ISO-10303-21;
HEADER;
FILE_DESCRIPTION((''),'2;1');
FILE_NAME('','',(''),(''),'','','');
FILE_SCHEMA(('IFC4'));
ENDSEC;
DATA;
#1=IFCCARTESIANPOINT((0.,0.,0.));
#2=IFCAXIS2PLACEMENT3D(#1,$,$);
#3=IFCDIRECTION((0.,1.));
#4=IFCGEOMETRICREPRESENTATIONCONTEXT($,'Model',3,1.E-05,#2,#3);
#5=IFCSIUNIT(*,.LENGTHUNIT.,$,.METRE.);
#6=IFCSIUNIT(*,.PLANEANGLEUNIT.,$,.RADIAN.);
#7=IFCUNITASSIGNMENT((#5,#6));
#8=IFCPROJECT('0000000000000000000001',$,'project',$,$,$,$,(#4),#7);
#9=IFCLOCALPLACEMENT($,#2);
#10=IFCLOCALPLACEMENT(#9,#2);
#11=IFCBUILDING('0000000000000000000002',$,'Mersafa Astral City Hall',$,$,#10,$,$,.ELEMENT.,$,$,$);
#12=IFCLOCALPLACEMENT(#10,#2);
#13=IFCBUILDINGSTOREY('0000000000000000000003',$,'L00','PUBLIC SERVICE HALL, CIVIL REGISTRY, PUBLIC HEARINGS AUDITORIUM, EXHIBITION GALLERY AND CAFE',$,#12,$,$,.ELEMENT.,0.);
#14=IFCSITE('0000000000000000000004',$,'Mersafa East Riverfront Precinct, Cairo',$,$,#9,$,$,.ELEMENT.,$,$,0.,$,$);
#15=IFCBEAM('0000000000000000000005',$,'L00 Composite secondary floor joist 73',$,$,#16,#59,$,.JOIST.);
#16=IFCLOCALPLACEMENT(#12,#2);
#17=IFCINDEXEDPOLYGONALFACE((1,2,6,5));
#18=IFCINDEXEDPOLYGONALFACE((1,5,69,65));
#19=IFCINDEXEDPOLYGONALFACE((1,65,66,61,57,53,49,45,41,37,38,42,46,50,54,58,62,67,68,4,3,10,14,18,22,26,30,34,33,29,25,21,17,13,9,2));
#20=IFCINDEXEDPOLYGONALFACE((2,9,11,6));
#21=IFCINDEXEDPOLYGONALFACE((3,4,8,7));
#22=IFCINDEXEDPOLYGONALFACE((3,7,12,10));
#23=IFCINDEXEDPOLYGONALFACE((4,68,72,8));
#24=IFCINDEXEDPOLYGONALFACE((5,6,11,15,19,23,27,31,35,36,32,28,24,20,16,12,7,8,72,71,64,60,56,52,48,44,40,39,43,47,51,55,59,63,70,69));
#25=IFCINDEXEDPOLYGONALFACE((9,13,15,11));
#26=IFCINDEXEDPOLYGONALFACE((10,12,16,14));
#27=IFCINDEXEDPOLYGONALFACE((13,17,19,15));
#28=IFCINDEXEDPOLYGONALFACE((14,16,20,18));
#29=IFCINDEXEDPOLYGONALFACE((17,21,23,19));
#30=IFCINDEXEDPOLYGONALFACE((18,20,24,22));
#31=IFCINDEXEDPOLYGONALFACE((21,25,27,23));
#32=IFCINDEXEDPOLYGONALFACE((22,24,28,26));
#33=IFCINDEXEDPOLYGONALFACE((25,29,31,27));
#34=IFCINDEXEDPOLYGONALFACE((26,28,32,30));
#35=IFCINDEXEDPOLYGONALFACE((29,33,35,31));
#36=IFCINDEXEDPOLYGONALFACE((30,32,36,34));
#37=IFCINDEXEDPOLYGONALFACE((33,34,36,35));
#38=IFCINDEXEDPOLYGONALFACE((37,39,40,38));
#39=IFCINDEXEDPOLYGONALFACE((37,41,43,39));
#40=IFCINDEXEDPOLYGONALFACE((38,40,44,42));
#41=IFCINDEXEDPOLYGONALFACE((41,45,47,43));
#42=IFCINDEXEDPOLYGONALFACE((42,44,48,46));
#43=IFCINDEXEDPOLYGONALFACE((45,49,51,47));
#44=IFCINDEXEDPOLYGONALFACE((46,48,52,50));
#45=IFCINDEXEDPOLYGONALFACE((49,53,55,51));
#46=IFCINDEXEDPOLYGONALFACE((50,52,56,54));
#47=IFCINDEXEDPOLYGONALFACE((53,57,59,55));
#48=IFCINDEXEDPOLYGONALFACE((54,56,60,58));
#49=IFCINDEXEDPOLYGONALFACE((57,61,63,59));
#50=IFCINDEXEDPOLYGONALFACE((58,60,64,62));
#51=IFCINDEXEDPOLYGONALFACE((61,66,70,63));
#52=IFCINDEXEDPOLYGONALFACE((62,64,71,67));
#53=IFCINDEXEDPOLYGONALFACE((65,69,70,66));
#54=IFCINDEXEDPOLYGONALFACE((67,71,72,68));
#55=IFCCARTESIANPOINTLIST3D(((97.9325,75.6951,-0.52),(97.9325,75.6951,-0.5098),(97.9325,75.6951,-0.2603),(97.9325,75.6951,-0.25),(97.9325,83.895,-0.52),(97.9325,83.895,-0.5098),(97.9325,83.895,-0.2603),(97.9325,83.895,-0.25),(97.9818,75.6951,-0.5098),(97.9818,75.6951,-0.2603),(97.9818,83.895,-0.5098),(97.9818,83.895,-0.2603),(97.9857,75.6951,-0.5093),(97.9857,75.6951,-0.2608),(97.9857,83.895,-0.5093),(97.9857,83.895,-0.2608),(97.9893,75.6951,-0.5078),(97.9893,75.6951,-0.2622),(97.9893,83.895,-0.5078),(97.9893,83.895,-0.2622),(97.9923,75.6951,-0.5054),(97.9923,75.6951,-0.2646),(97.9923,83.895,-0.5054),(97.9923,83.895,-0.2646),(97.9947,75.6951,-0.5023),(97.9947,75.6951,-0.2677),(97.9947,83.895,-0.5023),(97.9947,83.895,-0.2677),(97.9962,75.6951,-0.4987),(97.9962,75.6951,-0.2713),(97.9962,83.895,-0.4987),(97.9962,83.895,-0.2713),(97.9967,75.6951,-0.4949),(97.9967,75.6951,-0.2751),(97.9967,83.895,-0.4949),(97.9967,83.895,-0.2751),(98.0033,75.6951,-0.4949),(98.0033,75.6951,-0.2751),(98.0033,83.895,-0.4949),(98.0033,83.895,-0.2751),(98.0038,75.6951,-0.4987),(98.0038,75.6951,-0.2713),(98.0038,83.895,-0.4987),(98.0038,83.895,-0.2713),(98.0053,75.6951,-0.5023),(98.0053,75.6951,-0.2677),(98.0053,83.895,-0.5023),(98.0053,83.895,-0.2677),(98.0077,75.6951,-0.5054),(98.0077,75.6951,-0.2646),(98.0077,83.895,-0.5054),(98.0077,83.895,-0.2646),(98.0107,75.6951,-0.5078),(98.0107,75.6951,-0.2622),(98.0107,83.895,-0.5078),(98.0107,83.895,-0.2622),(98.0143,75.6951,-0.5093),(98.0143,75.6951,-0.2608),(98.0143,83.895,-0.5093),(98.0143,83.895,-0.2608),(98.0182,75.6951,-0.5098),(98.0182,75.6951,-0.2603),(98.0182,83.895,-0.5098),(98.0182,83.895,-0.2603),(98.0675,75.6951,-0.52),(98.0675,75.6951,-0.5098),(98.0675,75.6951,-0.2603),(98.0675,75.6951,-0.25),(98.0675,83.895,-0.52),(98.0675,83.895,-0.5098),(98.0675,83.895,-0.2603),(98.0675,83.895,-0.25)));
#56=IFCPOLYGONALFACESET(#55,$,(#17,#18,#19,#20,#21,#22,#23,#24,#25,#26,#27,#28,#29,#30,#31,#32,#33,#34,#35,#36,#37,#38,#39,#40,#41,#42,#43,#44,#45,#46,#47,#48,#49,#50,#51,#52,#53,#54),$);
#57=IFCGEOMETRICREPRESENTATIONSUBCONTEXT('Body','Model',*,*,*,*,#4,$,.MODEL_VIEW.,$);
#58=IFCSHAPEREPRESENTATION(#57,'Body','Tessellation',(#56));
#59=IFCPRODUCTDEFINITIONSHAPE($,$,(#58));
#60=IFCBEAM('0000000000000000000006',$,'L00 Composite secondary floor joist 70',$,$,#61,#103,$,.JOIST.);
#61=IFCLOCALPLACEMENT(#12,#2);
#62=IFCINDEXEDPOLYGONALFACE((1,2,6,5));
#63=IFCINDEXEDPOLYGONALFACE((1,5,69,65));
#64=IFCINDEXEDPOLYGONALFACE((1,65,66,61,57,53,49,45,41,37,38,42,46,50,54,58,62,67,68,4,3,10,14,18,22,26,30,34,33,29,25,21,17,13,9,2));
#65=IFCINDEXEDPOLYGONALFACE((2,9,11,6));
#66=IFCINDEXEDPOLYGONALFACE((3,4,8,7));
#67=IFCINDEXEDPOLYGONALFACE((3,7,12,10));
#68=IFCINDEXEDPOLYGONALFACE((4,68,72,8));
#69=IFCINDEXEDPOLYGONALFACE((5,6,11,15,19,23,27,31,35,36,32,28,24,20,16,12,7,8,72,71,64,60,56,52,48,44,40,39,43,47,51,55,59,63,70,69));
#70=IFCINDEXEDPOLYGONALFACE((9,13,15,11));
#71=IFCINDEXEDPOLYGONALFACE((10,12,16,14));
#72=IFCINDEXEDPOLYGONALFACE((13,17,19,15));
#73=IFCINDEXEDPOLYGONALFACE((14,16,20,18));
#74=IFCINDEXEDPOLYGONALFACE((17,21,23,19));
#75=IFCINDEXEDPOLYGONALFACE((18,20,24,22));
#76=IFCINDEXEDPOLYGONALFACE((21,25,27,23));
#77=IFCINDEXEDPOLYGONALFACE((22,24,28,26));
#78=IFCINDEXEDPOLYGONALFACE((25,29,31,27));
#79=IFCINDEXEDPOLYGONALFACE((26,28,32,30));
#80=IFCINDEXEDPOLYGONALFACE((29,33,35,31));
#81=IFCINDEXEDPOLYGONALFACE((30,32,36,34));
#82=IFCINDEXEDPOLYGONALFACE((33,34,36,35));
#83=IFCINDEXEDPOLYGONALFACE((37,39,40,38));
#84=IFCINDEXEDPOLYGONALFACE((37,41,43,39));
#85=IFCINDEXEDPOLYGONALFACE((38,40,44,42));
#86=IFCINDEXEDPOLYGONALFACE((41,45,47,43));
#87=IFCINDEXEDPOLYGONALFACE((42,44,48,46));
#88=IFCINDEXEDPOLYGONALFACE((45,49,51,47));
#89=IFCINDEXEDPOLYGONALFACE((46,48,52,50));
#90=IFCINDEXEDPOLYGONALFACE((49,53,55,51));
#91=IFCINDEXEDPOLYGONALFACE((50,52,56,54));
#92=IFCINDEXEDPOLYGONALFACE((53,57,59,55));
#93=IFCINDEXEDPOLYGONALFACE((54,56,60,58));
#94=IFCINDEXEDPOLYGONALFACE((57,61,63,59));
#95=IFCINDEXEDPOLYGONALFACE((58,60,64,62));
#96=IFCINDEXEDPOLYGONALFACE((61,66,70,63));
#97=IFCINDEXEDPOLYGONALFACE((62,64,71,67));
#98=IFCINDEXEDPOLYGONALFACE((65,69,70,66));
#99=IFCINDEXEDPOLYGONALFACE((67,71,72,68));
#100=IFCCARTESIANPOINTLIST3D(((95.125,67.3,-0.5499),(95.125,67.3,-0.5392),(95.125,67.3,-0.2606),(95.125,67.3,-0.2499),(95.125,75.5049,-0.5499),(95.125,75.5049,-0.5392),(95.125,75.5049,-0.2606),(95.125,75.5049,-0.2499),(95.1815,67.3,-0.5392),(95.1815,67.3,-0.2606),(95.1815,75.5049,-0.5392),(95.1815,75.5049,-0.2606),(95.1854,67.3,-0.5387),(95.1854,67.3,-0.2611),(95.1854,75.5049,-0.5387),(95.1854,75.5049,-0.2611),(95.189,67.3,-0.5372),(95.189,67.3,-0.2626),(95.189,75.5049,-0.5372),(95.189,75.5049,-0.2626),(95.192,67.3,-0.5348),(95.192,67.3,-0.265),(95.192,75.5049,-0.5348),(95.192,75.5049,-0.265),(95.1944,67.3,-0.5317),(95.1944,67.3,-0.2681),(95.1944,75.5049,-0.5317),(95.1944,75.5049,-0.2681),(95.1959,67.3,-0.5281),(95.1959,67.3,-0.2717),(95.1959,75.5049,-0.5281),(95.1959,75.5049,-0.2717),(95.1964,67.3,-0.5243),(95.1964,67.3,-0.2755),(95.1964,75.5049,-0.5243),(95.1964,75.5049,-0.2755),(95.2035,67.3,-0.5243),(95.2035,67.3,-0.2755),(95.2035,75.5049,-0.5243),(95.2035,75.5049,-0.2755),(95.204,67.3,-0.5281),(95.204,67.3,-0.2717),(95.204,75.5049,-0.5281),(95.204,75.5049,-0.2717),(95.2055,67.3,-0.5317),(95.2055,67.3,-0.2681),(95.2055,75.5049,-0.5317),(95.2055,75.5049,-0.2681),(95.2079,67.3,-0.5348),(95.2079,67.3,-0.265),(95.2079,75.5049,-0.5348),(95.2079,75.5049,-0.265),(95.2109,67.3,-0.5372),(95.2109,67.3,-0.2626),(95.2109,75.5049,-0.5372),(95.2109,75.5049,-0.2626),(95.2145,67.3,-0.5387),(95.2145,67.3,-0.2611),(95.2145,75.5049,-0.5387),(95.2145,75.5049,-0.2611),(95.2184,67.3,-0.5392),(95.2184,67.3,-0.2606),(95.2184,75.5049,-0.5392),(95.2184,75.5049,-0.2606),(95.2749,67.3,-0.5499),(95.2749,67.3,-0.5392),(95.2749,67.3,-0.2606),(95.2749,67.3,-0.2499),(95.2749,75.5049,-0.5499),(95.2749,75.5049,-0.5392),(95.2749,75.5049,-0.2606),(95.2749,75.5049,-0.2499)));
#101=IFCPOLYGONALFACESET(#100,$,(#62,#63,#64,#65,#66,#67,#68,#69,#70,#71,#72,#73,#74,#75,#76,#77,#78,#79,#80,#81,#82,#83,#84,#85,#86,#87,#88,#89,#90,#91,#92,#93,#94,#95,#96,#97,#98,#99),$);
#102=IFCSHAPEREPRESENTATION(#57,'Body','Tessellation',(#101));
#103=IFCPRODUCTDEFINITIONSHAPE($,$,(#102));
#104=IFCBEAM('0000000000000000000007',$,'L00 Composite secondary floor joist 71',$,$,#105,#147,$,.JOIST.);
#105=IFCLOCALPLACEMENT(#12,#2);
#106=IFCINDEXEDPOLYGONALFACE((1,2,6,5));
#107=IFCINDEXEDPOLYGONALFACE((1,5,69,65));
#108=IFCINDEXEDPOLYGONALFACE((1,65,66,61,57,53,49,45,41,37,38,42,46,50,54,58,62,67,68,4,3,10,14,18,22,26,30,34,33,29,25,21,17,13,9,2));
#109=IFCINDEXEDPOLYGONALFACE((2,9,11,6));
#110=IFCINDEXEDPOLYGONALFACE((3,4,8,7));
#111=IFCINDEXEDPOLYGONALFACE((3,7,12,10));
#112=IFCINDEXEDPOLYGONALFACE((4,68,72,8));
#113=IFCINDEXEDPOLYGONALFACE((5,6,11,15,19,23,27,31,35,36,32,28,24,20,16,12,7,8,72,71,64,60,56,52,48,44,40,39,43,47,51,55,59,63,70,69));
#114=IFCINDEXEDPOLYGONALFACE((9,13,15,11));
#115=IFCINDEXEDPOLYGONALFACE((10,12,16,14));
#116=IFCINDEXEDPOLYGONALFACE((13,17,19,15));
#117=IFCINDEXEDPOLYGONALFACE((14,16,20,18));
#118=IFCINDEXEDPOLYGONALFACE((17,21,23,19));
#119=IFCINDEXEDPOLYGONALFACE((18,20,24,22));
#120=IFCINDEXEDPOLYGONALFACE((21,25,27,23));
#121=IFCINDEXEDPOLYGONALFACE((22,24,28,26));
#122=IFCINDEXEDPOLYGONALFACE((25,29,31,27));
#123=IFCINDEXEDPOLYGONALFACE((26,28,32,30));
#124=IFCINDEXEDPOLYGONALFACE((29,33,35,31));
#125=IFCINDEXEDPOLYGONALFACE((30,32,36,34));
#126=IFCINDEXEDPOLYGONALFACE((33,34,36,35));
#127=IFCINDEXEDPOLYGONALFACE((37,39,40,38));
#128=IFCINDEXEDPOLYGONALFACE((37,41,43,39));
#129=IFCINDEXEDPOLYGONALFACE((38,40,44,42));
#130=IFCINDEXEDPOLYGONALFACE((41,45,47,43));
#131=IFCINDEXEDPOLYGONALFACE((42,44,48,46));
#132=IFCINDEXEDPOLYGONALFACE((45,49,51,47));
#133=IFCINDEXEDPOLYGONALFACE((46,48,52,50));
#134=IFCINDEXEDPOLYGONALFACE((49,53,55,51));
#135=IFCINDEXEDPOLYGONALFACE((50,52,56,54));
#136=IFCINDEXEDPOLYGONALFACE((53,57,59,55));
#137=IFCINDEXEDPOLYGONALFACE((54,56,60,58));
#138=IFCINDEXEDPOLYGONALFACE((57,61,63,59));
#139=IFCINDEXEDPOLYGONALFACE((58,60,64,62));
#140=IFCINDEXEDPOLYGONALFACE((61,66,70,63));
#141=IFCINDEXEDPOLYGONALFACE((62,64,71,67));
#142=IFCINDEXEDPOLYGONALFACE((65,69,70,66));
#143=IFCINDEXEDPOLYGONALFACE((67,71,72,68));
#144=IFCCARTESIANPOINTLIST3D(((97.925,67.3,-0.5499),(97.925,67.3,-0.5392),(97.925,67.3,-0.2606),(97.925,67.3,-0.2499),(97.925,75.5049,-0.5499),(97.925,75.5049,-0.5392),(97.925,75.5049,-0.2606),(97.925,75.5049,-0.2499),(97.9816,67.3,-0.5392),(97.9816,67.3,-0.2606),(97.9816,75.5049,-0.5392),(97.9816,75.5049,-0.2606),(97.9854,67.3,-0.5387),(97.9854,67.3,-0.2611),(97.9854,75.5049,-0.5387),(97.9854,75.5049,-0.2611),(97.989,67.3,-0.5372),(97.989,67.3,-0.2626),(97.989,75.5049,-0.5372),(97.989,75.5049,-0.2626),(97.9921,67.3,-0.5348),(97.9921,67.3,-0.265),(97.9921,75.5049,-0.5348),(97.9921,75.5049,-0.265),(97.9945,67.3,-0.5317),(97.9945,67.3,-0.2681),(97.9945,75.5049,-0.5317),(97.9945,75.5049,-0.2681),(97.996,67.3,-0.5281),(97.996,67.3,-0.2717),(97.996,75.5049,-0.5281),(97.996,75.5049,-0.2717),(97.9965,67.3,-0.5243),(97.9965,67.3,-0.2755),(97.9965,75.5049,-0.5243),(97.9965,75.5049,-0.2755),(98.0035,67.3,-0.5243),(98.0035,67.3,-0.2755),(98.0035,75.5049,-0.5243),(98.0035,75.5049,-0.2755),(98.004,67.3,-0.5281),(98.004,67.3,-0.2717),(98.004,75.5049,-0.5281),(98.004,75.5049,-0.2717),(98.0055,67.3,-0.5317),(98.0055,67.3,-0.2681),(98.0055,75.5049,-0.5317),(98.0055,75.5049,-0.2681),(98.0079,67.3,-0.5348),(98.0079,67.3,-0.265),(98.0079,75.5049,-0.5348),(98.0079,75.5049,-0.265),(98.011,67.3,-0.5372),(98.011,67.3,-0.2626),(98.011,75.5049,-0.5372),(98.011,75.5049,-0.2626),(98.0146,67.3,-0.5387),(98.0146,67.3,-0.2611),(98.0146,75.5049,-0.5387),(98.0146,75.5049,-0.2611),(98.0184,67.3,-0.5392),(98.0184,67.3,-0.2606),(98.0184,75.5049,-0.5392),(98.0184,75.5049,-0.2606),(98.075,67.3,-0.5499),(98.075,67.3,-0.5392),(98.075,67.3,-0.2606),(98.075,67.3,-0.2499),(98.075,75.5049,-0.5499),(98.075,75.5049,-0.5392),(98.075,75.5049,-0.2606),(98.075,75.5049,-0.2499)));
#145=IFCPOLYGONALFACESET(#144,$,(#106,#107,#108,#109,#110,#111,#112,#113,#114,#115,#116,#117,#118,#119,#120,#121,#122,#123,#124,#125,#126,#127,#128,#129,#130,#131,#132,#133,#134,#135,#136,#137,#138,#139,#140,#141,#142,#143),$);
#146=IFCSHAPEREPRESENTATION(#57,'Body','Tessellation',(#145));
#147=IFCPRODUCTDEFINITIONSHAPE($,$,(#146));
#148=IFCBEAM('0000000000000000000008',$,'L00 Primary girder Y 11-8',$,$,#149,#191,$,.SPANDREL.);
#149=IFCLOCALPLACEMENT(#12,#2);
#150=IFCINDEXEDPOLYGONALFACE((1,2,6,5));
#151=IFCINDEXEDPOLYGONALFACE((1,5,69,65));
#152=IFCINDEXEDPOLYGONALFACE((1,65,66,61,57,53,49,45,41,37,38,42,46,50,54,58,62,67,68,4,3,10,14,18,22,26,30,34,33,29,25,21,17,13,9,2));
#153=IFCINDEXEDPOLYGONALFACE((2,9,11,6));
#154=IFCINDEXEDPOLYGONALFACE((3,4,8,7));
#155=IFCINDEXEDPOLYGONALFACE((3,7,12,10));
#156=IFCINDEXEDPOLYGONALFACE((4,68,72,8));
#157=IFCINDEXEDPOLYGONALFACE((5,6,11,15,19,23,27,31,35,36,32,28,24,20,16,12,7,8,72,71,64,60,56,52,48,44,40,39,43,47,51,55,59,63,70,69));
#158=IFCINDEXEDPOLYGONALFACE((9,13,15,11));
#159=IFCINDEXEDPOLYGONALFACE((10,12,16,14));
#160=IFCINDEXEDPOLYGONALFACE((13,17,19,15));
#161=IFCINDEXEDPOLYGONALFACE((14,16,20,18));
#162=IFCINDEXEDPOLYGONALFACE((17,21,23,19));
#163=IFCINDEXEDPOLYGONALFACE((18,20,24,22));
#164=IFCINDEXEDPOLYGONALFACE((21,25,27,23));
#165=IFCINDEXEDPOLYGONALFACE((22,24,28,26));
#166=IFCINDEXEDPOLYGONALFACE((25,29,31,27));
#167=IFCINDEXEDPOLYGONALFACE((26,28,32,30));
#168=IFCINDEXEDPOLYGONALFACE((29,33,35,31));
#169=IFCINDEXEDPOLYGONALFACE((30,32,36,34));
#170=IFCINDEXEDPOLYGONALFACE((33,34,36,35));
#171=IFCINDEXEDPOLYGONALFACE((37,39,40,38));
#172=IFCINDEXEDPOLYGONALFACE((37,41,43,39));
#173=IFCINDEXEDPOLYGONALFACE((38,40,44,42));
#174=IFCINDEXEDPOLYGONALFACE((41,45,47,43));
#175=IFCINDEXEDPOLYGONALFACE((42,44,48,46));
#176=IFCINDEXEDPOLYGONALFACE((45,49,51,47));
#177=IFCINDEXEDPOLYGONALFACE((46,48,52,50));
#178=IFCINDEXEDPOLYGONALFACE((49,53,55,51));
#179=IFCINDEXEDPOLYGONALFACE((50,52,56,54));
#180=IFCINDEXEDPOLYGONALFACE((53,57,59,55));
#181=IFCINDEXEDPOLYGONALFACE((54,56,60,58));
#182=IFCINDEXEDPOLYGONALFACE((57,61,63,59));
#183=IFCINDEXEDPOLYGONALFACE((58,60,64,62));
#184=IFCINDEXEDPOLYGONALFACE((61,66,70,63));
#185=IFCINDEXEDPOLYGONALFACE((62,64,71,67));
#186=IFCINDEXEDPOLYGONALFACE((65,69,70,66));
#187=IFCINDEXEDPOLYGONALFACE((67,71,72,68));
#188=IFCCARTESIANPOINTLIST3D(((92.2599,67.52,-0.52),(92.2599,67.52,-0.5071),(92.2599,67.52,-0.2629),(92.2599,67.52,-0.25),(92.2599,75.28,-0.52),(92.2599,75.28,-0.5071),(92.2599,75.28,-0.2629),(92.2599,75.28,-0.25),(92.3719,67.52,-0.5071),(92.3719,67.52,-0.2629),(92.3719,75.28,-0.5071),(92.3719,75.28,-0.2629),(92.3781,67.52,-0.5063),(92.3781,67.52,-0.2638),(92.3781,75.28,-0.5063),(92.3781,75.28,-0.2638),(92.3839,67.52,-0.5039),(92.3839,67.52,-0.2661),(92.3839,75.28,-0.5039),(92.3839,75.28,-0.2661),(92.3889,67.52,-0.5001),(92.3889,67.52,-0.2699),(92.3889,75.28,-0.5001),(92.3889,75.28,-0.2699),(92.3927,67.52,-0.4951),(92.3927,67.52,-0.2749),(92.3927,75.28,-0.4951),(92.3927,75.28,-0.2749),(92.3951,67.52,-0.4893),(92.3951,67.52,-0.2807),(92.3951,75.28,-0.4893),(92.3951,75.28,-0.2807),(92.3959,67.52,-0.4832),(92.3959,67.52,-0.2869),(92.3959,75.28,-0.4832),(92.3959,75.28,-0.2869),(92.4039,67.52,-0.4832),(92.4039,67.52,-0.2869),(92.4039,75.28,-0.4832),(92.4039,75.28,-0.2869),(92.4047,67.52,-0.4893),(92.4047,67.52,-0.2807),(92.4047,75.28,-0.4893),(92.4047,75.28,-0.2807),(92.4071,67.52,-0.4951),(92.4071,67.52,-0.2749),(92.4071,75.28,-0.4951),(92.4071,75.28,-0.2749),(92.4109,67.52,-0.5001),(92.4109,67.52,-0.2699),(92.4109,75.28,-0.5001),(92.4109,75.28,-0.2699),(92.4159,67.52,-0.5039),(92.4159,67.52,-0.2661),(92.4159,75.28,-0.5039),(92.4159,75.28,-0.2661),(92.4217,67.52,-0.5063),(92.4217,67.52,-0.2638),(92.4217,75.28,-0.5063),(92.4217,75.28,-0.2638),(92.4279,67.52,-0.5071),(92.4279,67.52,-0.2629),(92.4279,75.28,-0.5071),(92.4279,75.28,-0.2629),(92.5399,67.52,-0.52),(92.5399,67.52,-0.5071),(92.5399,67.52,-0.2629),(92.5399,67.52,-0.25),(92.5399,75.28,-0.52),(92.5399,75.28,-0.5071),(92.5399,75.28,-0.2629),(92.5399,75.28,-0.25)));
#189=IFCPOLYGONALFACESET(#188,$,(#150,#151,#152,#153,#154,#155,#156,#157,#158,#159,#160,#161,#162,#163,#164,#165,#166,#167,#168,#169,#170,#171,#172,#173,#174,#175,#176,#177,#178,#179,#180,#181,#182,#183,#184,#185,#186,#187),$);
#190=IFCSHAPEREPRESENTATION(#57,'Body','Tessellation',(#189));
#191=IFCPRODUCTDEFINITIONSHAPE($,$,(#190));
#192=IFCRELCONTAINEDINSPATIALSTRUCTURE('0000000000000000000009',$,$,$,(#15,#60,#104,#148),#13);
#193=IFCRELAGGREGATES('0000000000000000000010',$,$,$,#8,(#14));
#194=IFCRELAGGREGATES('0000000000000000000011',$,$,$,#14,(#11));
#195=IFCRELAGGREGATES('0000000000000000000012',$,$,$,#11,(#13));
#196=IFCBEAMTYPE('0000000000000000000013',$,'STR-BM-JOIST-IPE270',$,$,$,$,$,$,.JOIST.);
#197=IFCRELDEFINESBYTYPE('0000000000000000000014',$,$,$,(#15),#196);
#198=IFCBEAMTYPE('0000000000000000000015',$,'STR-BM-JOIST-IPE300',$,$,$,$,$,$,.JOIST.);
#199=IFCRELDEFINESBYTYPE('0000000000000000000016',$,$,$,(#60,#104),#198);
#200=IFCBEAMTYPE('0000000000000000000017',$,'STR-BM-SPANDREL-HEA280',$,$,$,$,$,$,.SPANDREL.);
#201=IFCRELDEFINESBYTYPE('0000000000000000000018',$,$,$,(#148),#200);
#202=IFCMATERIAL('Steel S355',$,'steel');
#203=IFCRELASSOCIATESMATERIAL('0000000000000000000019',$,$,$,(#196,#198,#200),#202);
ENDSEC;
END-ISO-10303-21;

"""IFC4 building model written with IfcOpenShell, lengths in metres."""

from ifc_helpers import new_model, si_unit, direction, frame, origin, origin_2d, place, context, subcontext, project, spatial, i_section, extrude, material, material_profile, profile_set, type_object, element, save


model = new_model("IFC4")

# Units and contexts
model_context = context("Model", 3, precision=1e-05, world=origin(), true_north=direction((0.0, 1.0)))
body_context = subcontext(model_context, "Body", "Model", "MODEL_VIEW")
ifc_project = project(units=[si_unit("LENGTHUNIT", "METRE"), si_unit("PLANEANGLEUNIT", "RADIAN")], contexts=[model_context])

# Site, building, storey
site_placement = place(None, origin())
site = spatial("IfcSite", under=ifc_project, at=site_placement, Name="Mersafa East Riverfront Precinct, Cairo", CompositionType="ELEMENT", RefElevation=0.0)
building_placement = place(site_placement, origin())
building = spatial("IfcBuilding", under=site, at=building_placement, Name="Mersafa Astral City Hall", CompositionType="ELEMENT")
storey_placement = place(building_placement, origin())
storey = spatial("IfcBuildingStorey", under=building, at=storey_placement, Name="L00", Description="PUBLIC SERVICE HALL, CIVIL REGISTRY, PUBLIC HEARINGS AUDITORIUM, EXHIBITION GALLERY AND CAFE", CompositionType="ELEMENT", Elevation=0.0)

# Shared definitions
ifc_material_1 = material(Name="Steel S355", Category="steel")

# Beams
ifc_material_profile_1 = material_profile(ifc_material_1, i_section(OverallWidth=0.135, OverallDepth=0.27, WebThickness=0.0066, FlangeThickness=0.0103, FilletRadius=0.0149, at=origin_2d()), Name="IPE 270")
ifc_profile_set_1 = profile_set([ifc_material_profile_1], Name="Steel S355")
beam_type_1 = type_object("IfcBeamType", Name="STR-BM-JOIST-IPE270", PredefinedType="JOIST", material=ifc_profile_set_1)
for number, where, z_axis, x_axis, name in (
    (1, (98.0, 75.6951, -0.385), (0.0, 1.0, 0.0), (-1.0, 0.0, 0.0), "L00 Composite secondary floor joist 73"),
):
    element("IfcBeam", number, at=place(storey_placement, frame(where, z_axis=z_axis, x_axis=x_axis)), inside=storey, type_object=beam_type_1, Name=name, PredefinedType="JOIST", context=body_context, shape_type="SweptSolid", body=[
        extrude(i_section(OverallWidth=0.135, OverallDepth=0.27, WebThickness=0.0066, FlangeThickness=0.0103, FilletRadius=0.0149, at=origin_2d()), origin(), (0.0, 0.0, 1.0), 8.2),
    ])
ifc_material_profile_2 = material_profile(ifc_material_1, i_section(OverallWidth=0.1499, OverallDepth=0.3, WebThickness=0.0071, FlangeThickness=0.0107, FilletRadius=0.0149, at=origin_2d()), Name="IPE 300")
ifc_profile_set_2 = profile_set([ifc_material_profile_2], Name="Steel S355")
beam_type_2 = type_object("IfcBeamType", Name="STR-BM-JOIST-IPE300", PredefinedType="JOIST", material=ifc_profile_set_2)
for number, where, z_axis, x_axis, name in (
    (2, (95.2, 67.3, -0.3999), (0.0, 1.0, 0.0), (-1.0, 0.0, 0.0), "L00 Composite secondary floor joist 70"),
    (3, (98.0, 67.3, -0.3999), (0.0, 1.0, 0.0), (-1.0, 0.0, 0.0), "L00 Composite secondary floor joist 71"),
):
    element("IfcBeam", number, at=place(storey_placement, frame(where, z_axis=z_axis, x_axis=x_axis)), inside=storey, type_object=beam_type_2, Name=name, PredefinedType="JOIST", context=body_context, shape_type="SweptSolid", body=[
        extrude(i_section(OverallWidth=0.1499, OverallDepth=0.3, WebThickness=0.0071, FlangeThickness=0.0107, FilletRadius=0.0149, at=origin_2d()), origin(), (0.0, 0.0, 1.0), 8.2048),
    ])
ifc_material_profile_3 = material_profile(ifc_material_1, i_section(OverallWidth=0.28, OverallDepth=0.27, WebThickness=0.0081, FlangeThickness=0.0129, FilletRadius=0.0239, at=origin_2d()), Name="HEA 280")
ifc_profile_set_3 = profile_set([ifc_material_profile_3], Name="Steel S355")
beam_type_3 = type_object("IfcBeamType", Name="STR-BM-SPANDREL-HEA280", PredefinedType="SPANDREL", material=ifc_profile_set_3)
beam_1_placement = place(storey_placement, frame((92.3999, 67.52, -0.385), z_axis=(0.0, 1.0, 0.0), x_axis=(-1.0, 0.0, 0.0)))
element("IfcBeam", 4, at=beam_1_placement, inside=storey, type_object=beam_type_3, Name="L00 Primary girder Y 11-8", PredefinedType="SPANDREL", context=body_context, shape_type="SweptSolid", body=[
    extrude(i_section(OverallWidth=0.28, OverallDepth=0.27, WebThickness=0.0081, FlangeThickness=0.0129, FilletRadius=0.0239, at=origin_2d()), origin(), (0.0, 0.0, 1.0), 7.76),
])

save(model, "model.ifc")
